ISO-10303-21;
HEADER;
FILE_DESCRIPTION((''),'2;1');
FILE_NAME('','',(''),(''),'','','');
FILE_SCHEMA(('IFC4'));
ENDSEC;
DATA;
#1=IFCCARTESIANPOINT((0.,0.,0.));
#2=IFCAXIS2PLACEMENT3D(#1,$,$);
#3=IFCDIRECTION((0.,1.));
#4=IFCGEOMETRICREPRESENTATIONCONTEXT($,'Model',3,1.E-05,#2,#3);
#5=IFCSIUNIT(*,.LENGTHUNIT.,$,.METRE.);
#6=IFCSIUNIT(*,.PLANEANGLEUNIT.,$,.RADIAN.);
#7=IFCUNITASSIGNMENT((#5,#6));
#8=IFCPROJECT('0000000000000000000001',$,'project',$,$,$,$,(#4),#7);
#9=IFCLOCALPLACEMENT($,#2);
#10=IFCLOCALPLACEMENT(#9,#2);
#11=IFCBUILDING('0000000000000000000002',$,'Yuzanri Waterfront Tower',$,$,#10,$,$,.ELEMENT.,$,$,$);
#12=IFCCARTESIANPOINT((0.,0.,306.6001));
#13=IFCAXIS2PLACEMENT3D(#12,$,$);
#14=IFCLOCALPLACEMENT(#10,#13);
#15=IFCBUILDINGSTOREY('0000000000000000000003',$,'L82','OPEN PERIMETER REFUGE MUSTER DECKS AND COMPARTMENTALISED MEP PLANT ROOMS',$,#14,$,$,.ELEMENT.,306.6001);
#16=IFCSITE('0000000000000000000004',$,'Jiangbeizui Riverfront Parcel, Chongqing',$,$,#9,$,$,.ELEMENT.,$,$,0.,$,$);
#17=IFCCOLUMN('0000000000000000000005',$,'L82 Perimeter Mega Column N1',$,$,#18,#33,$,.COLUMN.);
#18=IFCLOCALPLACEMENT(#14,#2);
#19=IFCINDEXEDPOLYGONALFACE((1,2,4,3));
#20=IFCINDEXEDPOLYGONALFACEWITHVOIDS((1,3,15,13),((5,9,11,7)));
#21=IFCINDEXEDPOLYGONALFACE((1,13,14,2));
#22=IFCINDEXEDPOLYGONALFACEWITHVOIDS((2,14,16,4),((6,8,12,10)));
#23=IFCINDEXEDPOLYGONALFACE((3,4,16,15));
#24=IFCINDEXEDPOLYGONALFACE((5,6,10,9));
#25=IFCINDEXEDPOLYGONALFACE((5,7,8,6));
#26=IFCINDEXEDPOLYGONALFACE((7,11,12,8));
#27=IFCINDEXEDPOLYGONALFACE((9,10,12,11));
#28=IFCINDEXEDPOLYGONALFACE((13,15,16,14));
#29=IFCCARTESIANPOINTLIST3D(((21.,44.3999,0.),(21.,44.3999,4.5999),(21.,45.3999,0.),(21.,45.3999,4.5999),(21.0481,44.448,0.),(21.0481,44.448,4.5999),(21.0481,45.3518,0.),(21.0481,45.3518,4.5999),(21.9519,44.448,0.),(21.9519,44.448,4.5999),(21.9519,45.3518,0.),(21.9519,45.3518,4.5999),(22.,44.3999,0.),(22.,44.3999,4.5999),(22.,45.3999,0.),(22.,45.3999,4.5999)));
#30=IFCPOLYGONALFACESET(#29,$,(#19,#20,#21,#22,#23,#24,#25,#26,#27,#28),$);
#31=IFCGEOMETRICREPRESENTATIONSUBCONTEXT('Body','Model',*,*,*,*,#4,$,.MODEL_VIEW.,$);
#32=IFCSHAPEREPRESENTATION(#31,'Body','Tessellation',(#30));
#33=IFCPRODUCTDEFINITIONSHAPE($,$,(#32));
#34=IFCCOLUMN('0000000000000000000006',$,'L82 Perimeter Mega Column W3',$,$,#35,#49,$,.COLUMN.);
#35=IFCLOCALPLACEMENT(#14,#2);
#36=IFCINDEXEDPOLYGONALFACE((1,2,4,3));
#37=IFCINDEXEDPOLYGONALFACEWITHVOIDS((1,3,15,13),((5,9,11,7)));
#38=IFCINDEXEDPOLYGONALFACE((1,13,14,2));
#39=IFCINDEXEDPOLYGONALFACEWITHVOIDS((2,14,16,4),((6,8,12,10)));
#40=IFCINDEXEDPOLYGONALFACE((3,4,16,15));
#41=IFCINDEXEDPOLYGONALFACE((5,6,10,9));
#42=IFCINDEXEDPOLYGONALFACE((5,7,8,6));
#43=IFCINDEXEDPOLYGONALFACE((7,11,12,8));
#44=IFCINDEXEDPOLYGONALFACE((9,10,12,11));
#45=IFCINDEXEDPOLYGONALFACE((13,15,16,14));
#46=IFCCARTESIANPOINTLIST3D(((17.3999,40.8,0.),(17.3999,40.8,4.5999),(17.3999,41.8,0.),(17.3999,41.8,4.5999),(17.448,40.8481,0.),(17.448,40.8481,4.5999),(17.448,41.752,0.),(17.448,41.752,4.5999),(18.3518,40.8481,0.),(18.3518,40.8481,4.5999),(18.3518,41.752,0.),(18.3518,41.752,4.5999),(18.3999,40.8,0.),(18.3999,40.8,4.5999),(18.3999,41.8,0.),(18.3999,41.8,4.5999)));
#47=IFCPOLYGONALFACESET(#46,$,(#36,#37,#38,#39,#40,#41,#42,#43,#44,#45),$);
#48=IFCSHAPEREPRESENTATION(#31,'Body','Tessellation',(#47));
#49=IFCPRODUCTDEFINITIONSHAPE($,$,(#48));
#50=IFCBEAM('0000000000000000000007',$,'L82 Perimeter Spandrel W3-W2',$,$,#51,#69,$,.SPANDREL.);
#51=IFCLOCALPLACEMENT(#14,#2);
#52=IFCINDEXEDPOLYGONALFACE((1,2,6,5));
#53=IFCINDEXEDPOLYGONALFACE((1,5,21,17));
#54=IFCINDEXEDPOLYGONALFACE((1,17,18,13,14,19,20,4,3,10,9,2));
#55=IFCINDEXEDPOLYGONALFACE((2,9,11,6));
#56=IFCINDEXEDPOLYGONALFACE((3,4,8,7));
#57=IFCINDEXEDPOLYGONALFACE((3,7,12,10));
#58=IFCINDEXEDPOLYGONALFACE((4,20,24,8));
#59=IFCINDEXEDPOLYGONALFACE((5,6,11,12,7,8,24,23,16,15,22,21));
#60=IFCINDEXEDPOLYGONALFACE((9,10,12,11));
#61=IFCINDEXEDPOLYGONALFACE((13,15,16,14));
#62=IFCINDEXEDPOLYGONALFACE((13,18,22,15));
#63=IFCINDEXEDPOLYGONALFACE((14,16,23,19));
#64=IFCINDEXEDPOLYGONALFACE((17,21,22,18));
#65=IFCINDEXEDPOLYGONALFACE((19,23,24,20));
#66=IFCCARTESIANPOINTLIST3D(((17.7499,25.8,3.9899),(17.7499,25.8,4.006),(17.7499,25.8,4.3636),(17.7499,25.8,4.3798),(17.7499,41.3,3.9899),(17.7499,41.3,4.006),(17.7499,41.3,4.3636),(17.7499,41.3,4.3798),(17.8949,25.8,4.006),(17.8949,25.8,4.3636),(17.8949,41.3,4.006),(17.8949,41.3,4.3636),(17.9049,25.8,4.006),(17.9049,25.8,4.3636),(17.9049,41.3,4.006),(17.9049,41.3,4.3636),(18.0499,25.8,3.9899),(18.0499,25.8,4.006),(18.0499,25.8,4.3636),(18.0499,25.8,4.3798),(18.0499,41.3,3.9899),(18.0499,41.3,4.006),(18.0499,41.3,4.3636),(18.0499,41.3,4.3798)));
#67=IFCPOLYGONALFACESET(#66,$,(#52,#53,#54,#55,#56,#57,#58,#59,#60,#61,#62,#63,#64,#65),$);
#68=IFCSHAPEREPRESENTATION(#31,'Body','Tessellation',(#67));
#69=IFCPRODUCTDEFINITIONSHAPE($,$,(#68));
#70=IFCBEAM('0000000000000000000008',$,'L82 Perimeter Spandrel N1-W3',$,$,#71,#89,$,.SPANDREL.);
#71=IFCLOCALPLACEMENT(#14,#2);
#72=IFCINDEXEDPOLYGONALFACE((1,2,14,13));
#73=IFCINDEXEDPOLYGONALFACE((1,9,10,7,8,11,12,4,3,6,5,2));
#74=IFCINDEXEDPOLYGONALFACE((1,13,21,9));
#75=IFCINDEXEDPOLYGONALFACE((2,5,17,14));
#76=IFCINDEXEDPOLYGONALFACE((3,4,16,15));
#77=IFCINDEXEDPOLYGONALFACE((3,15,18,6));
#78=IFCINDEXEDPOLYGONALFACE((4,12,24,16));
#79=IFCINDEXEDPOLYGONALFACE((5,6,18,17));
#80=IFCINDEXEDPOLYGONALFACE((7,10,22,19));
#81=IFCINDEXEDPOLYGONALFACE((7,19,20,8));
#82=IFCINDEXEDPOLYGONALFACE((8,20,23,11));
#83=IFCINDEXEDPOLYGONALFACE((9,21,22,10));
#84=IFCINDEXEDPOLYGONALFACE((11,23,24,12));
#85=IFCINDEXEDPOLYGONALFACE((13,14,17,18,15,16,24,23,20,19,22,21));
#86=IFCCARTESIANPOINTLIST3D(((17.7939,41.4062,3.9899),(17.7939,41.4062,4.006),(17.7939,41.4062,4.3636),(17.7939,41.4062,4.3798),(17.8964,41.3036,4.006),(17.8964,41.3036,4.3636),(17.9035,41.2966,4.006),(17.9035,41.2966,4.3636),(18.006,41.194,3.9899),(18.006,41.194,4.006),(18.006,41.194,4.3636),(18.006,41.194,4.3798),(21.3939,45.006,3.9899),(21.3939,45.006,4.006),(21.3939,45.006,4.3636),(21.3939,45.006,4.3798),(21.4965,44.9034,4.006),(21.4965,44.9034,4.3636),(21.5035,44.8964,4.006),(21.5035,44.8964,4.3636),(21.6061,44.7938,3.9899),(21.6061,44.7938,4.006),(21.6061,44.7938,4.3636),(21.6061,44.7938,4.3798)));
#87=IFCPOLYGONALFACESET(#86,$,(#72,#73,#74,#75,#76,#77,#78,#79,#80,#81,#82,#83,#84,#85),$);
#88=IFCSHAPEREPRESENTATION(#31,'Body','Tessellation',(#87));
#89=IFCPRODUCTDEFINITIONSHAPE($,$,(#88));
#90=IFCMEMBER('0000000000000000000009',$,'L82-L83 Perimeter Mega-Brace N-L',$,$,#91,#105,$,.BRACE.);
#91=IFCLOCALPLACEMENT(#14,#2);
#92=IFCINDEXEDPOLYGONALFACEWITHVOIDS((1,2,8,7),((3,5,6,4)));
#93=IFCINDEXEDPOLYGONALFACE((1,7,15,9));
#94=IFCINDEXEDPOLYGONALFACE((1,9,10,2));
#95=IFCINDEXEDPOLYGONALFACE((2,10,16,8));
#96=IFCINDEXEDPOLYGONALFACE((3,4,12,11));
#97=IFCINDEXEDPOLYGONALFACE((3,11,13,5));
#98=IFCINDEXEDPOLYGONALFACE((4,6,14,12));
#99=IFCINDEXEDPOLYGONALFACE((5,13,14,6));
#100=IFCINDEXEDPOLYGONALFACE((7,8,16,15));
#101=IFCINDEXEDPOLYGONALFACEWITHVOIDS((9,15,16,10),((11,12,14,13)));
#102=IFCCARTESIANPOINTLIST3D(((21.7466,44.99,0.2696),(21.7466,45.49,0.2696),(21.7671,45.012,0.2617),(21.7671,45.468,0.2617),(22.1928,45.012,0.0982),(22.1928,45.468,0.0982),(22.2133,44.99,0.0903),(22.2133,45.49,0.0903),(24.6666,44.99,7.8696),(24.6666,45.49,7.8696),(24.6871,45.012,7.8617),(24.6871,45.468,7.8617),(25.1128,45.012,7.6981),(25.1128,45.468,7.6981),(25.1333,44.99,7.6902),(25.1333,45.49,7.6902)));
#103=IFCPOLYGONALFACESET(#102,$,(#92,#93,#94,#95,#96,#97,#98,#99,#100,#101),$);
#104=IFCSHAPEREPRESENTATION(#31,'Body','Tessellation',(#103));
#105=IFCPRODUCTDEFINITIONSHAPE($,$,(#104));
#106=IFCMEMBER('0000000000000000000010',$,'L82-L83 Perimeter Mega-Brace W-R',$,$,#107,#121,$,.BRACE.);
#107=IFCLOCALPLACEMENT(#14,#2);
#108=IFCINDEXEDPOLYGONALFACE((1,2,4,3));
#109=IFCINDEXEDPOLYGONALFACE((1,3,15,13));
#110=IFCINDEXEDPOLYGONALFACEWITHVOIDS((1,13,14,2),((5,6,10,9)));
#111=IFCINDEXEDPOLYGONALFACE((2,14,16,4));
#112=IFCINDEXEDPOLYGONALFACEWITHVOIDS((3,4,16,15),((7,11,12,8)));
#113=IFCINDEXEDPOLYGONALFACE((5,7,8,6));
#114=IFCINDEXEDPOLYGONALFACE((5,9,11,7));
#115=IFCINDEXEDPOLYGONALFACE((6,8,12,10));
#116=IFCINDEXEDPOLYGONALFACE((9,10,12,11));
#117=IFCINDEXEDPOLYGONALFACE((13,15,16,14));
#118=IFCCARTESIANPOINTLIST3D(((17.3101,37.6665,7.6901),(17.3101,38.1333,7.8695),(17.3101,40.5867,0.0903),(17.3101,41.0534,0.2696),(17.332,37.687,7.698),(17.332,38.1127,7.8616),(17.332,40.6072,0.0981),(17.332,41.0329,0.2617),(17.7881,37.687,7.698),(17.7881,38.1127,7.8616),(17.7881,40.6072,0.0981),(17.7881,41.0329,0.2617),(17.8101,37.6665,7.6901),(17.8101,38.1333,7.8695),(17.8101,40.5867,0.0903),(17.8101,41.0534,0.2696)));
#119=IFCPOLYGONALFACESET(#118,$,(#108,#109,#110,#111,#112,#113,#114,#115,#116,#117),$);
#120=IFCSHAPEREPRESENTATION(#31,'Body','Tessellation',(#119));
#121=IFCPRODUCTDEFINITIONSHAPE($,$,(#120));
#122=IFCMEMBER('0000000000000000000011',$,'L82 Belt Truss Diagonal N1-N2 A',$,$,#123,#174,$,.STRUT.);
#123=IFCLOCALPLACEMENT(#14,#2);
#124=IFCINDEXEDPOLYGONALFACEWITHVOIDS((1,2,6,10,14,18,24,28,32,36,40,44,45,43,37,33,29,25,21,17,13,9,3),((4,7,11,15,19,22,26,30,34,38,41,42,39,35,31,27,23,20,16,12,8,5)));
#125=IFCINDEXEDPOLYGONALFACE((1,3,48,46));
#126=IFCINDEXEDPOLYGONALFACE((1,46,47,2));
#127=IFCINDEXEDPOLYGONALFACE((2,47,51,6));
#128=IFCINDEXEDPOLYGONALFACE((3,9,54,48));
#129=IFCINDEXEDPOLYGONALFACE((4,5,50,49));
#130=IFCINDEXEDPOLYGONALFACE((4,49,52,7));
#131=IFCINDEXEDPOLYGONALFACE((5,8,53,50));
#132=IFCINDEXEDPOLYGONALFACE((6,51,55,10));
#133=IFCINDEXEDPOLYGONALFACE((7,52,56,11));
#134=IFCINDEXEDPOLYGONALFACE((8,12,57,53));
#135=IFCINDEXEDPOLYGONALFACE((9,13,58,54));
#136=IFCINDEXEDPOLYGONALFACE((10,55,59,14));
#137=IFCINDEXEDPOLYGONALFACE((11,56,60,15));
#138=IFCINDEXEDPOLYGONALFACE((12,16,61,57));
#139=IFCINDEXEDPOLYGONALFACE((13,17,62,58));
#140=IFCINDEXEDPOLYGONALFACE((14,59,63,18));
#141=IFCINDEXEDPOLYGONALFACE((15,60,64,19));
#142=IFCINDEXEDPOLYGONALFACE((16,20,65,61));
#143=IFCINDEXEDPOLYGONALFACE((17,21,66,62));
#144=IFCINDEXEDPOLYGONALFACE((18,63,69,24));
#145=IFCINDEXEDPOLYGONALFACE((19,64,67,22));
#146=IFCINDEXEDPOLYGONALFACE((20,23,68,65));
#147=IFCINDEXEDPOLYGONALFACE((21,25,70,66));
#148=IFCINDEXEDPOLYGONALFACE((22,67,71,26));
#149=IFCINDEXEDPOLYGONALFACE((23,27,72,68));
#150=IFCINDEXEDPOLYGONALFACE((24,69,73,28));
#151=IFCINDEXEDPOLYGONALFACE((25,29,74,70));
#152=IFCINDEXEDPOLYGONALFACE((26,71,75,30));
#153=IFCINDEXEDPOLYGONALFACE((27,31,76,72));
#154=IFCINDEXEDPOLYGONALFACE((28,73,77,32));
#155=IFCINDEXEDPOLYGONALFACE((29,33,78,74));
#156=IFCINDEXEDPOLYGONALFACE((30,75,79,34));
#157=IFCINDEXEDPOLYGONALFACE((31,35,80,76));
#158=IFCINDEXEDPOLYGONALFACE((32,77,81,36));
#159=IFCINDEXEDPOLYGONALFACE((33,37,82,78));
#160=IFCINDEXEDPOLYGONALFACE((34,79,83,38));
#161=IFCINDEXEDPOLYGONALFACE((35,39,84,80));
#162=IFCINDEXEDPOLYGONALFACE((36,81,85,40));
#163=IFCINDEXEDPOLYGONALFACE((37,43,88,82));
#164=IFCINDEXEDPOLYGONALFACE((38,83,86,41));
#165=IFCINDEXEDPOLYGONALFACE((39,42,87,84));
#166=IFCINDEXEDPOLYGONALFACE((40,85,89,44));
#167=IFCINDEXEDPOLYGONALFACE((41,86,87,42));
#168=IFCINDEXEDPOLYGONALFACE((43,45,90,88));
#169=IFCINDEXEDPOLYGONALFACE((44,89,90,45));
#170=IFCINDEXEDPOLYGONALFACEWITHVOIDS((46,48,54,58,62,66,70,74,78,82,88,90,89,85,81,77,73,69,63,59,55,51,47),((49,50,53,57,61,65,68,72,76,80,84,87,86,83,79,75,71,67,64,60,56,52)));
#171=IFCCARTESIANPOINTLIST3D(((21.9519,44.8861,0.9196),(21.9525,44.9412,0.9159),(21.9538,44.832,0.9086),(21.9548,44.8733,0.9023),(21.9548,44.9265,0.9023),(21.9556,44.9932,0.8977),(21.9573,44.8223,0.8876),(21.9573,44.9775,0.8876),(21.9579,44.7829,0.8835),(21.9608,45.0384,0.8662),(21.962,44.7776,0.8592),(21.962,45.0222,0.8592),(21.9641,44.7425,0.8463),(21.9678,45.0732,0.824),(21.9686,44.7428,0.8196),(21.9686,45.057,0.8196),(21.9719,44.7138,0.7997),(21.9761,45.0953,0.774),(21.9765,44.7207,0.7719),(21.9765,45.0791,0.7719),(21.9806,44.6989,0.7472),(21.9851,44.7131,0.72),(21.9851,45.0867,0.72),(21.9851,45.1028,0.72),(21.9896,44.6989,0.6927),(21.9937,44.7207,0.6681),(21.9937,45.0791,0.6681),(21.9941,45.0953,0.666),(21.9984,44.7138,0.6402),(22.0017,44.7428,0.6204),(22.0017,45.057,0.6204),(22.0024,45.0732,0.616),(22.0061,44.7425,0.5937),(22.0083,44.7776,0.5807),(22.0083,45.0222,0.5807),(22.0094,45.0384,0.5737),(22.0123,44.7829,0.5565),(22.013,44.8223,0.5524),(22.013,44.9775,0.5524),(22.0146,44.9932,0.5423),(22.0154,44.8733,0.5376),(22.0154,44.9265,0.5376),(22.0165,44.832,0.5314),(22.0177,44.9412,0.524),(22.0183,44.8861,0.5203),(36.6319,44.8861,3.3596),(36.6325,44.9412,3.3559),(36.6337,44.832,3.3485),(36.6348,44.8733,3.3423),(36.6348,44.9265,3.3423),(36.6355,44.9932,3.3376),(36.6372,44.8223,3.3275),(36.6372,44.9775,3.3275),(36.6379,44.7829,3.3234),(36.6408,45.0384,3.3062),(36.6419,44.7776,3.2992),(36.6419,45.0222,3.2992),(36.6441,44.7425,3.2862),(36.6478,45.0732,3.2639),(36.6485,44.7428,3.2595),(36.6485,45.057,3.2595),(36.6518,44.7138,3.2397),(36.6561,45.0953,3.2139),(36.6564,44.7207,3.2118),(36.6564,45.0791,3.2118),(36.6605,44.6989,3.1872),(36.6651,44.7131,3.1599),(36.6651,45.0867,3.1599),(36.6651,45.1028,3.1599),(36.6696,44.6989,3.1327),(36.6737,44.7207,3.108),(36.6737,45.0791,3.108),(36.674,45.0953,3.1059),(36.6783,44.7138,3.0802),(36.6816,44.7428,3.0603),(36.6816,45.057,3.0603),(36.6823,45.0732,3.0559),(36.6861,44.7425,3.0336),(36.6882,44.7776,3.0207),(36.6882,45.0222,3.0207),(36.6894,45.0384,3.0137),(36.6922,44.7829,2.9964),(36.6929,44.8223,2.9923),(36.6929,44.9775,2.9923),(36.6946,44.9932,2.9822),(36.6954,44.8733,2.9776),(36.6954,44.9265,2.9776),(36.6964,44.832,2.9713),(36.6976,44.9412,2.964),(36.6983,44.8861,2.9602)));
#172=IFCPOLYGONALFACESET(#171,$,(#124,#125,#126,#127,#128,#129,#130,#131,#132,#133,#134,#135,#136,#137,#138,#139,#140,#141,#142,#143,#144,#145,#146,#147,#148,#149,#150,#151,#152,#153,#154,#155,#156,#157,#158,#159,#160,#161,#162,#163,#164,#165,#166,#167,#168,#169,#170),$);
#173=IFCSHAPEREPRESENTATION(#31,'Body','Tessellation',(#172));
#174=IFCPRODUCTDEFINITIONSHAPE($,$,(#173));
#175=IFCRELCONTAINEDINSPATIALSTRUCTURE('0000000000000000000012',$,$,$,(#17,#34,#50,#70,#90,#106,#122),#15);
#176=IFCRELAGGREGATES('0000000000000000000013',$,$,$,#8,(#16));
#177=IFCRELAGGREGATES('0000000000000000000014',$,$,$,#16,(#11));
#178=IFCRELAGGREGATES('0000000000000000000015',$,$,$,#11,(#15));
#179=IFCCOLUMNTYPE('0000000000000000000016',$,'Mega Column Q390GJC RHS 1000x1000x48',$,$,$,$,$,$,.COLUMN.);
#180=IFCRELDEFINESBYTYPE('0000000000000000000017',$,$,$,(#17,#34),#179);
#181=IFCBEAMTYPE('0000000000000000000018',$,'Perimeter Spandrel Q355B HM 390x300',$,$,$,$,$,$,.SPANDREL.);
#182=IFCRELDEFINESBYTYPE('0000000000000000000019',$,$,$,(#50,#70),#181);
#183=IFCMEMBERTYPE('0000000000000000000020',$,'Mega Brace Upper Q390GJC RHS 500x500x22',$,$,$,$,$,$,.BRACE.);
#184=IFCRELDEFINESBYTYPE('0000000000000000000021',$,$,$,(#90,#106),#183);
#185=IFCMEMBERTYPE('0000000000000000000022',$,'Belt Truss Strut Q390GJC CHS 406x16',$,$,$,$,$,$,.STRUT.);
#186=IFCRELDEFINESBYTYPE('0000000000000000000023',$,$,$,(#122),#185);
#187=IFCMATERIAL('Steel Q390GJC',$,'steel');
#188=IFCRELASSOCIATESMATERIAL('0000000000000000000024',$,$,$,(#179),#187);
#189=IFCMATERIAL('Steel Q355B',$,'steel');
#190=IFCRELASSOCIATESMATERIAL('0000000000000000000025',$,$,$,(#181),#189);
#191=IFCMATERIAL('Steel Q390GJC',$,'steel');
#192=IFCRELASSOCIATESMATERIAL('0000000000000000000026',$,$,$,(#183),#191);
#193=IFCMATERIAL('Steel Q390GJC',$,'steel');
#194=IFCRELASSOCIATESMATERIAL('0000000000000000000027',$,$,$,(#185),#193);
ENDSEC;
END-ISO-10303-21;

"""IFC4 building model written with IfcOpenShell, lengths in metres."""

from ifc_helpers import new_model, si_unit, direction, frame, origin, origin_2d, place, context, subcontext, project, spatial, hollow_rectangle, hollow_circle, i_section, extrude, source, transform, mapped, material, material_profile, profile_set, type_object, element, save


model = new_model("IFC4")

# Units and contexts
model_context = context("Model", 3, precision=1e-05, world=origin(), true_north=direction((0.0, 1.0)))
body_context = subcontext(model_context, "Body", "Model", "MODEL_VIEW")
ifc_project = project(units=[si_unit("LENGTHUNIT", "METRE"), si_unit("PLANEANGLEUNIT", "RADIAN")], contexts=[model_context])

# Site, building, storey
site_placement = place(None, origin())
site = spatial("IfcSite", under=ifc_project, at=site_placement, Name="Jiangbeizui Riverfront Parcel, Chongqing", CompositionType="ELEMENT", RefElevation=0.0)
building_placement = place(site_placement, origin())
building = spatial("IfcBuilding", under=site, at=building_placement, Name="Yuzanri Waterfront Tower", CompositionType="ELEMENT")
storey_placement = place(building_placement, frame((0.0, 0.0, 306.6001)))
storey = spatial("IfcBuildingStorey", under=building, at=storey_placement, Name="L82", Description="OPEN PERIMETER REFUGE MUSTER DECKS AND COMPARTMENTALISED MEP PLANT ROOMS", CompositionType="ELEMENT", Elevation=306.6001)

# Columns
ifc_material_1 = material(Name="Steel Q390GJC", Category="steel")
ifc_material_profile_1 = material_profile(ifc_material_1, hollow_rectangle(XDim=1.0, YDim=1.0, WallThickness=0.0481, at=origin_2d()), Name="RHS 1000x1000x48")
ifc_profile_set_1 = profile_set([ifc_material_profile_1], Name="Steel Q390GJC")
column_type = type_object("IfcColumnType", Name="Mega Column Q390GJC RHS 1000x1000x48", PredefinedType="COLUMN", material=ifc_profile_set_1)
shared_shape_1 = source(origin(), body_context, "Body", "SweptSolid", [
    extrude(hollow_rectangle(XDim=1.0, YDim=1.0, WallThickness=0.0481, at=origin_2d()), origin(), (0.0, 0.0, 1.0), 4.5999),
])
for number, where, z_axis, x_axis, name in (
    (1, (21.5, 44.8999, 0.0), (0.0, 0.0, 1.0), (1.0, 0.0, 0.0), "L82 Perimeter Mega Column N1"),
    (2, (17.8999, 41.3, 0.0), (0.0, 0.0, 1.0), (1.0, 0.0, 0.0), "L82 Perimeter Mega Column W3"),
):
    element("IfcColumn", number, at=place(storey_placement, frame(where, z_axis=z_axis, x_axis=x_axis)), inside=storey, type_object=column_type, Name=name, PredefinedType="COLUMN", context=body_context, shape_type="MappedRepresentation", body=[
        mapped(shared_shape_1, transform((0.0, 0.0, 0.0), scale=1.0)),
    ])

# Beams
ifc_material_2 = material(Name="Steel Q355B", Category="steel")
ifc_material_profile_2 = material_profile(ifc_material_2, i_section(OverallWidth=0.3, OverallDepth=0.3899, WebThickness=0.01, FlangeThickness=0.0161, at=origin_2d()), Name="HM 390x300x10x16")
ifc_profile_set_2 = profile_set([ifc_material_profile_2], Name="Steel Q355B")
beam_type = type_object("IfcBeamType", Name="Perimeter Spandrel Q355B HM 390x300", PredefinedType="SPANDREL", material=ifc_profile_set_2)
shared_shape_2 = source(origin(), body_context, "Body", "SweptSolid", [
    extrude(i_section(OverallWidth=0.3, OverallDepth=0.3899, WebThickness=0.01, FlangeThickness=0.0161, at=origin_2d()), origin(), (0.0, 0.0, 1.0), 15.5),
])
beam_1_placement = place(storey_placement, frame((17.8999, 41.3, 4.1848), z_axis=(0.0, -1.0, 0.0), x_axis=(1.0, 0.0, 0.0)))
element("IfcBeam", 3, at=beam_1_placement, inside=storey, type_object=beam_type, Name="L82 Perimeter Spandrel W3-W2", PredefinedType="SPANDREL", context=body_context, shape_type="MappedRepresentation", body=[
    mapped(shared_shape_2, transform((0.0, 0.0, 0.0), scale=1.0)),
])
shared_shape_3 = source(origin(), body_context, "Body", "SweptSolid", [
    extrude(i_section(OverallWidth=0.3, OverallDepth=0.3899, WebThickness=0.01, FlangeThickness=0.0161, at=origin_2d()), origin(), (0.0, 0.0, 1.0), 5.0911),
])
beam_2_placement = place(storey_placement, frame((21.5, 44.8999, 4.1848), z_axis=(-0.707131, -0.707083, 0.0), x_axis=(0.707083, -0.707131, 0.0)))
element("IfcBeam", 4, at=beam_2_placement, inside=storey, type_object=beam_type, Name="L82 Perimeter Spandrel N1-W3", PredefinedType="SPANDREL", context=body_context, shape_type="MappedRepresentation", body=[
    mapped(shared_shape_3, transform((0.0, 0.0, 0.0), scale=1.0)),
])

# Members
ifc_material_3 = material(Name="Steel Q390GJC", Category="steel")
ifc_material_profile_3 = material_profile(ifc_material_3, hollow_rectangle(XDim=0.5, YDim=0.5, WallThickness=0.022, at=origin_2d()), Name="RHS 500x500x22")
ifc_profile_set_3 = profile_set([ifc_material_profile_3], Name="Steel Q390GJC")
member_type_1 = type_object("IfcMemberType", Name="Mega Brace Upper Q390GJC RHS 500x500x22", PredefinedType="BRACE", material=ifc_profile_set_3)
shared_shape_4 = source(origin(), body_context, "Body", "SweptSolid", [
    extrude(hollow_rectangle(XDim=0.5, YDim=0.5, WallThickness=0.022, at=origin_2d()), origin(), (0.0, 0.0, 1.0), 8.1416),
])
for number, where, z_axis, x_axis, name in (
    (5, (21.98, 45.24, 0.1799), (0.358647, 0.0, 0.933473), (0.0, 1.0, 0.0), "L82-L83 Perimeter Mega-Brace N-L"),
    (6, (17.5601, 40.8201, 0.1799), (0.0, -0.358674, 0.933463), (1.0, 0.0, 0.0), "L82-L83 Perimeter Mega-Brace W-R"),
):
    element("IfcMember", number, at=place(storey_placement, frame(where, z_axis=z_axis, x_axis=x_axis)), inside=storey, type_object=member_type_1, Name=name, PredefinedType="BRACE", context=body_context, shape_type="MappedRepresentation", body=[
        mapped(shared_shape_4, transform((0.0, 0.0, 0.0), scale=1.0)),
    ])
ifc_material_4 = material(Name="Steel Q390GJC", Category="steel")
ifc_material_profile_4 = material_profile(ifc_material_4, hollow_circle(Radius=0.2029, WallThickness=0.0161, at=origin_2d()), Name="CHS 406x16")
ifc_profile_set_4 = profile_set([ifc_material_profile_4], Name="Steel Q390GJC")
member_type_2 = type_object("IfcMemberType", Name="Belt Truss Strut Q390GJC CHS 406x16", PredefinedType="STRUT", material=ifc_profile_set_4)
shared_shape_5 = source(origin(), body_context, "Body", "SweptSolid", [
    extrude(hollow_circle(Radius=0.2029, WallThickness=0.0161, at=origin_2d()), origin(), (0.0, 0.0, 1.0), 14.8813),
])
for number, where, z_axis, x_axis, name in (
    (7, (21.9851, 44.8999, 0.72), (0.986467, 0.0, 0.16396), (0.0, 1.0, 0.0), "L82 Belt Truss Diagonal N1-N2 A"),
):
    element("IfcMember", number, at=place(storey_placement, frame(where, z_axis=z_axis, x_axis=x_axis)), inside=storey, type_object=member_type_2, Name=name, PredefinedType="STRUT", context=body_context, shape_type="MappedRepresentation", body=[
        mapped(shared_shape_5, transform((0.0, 0.0, 0.0), scale=1.0)),
    ])

save(model, "model.ifc")
